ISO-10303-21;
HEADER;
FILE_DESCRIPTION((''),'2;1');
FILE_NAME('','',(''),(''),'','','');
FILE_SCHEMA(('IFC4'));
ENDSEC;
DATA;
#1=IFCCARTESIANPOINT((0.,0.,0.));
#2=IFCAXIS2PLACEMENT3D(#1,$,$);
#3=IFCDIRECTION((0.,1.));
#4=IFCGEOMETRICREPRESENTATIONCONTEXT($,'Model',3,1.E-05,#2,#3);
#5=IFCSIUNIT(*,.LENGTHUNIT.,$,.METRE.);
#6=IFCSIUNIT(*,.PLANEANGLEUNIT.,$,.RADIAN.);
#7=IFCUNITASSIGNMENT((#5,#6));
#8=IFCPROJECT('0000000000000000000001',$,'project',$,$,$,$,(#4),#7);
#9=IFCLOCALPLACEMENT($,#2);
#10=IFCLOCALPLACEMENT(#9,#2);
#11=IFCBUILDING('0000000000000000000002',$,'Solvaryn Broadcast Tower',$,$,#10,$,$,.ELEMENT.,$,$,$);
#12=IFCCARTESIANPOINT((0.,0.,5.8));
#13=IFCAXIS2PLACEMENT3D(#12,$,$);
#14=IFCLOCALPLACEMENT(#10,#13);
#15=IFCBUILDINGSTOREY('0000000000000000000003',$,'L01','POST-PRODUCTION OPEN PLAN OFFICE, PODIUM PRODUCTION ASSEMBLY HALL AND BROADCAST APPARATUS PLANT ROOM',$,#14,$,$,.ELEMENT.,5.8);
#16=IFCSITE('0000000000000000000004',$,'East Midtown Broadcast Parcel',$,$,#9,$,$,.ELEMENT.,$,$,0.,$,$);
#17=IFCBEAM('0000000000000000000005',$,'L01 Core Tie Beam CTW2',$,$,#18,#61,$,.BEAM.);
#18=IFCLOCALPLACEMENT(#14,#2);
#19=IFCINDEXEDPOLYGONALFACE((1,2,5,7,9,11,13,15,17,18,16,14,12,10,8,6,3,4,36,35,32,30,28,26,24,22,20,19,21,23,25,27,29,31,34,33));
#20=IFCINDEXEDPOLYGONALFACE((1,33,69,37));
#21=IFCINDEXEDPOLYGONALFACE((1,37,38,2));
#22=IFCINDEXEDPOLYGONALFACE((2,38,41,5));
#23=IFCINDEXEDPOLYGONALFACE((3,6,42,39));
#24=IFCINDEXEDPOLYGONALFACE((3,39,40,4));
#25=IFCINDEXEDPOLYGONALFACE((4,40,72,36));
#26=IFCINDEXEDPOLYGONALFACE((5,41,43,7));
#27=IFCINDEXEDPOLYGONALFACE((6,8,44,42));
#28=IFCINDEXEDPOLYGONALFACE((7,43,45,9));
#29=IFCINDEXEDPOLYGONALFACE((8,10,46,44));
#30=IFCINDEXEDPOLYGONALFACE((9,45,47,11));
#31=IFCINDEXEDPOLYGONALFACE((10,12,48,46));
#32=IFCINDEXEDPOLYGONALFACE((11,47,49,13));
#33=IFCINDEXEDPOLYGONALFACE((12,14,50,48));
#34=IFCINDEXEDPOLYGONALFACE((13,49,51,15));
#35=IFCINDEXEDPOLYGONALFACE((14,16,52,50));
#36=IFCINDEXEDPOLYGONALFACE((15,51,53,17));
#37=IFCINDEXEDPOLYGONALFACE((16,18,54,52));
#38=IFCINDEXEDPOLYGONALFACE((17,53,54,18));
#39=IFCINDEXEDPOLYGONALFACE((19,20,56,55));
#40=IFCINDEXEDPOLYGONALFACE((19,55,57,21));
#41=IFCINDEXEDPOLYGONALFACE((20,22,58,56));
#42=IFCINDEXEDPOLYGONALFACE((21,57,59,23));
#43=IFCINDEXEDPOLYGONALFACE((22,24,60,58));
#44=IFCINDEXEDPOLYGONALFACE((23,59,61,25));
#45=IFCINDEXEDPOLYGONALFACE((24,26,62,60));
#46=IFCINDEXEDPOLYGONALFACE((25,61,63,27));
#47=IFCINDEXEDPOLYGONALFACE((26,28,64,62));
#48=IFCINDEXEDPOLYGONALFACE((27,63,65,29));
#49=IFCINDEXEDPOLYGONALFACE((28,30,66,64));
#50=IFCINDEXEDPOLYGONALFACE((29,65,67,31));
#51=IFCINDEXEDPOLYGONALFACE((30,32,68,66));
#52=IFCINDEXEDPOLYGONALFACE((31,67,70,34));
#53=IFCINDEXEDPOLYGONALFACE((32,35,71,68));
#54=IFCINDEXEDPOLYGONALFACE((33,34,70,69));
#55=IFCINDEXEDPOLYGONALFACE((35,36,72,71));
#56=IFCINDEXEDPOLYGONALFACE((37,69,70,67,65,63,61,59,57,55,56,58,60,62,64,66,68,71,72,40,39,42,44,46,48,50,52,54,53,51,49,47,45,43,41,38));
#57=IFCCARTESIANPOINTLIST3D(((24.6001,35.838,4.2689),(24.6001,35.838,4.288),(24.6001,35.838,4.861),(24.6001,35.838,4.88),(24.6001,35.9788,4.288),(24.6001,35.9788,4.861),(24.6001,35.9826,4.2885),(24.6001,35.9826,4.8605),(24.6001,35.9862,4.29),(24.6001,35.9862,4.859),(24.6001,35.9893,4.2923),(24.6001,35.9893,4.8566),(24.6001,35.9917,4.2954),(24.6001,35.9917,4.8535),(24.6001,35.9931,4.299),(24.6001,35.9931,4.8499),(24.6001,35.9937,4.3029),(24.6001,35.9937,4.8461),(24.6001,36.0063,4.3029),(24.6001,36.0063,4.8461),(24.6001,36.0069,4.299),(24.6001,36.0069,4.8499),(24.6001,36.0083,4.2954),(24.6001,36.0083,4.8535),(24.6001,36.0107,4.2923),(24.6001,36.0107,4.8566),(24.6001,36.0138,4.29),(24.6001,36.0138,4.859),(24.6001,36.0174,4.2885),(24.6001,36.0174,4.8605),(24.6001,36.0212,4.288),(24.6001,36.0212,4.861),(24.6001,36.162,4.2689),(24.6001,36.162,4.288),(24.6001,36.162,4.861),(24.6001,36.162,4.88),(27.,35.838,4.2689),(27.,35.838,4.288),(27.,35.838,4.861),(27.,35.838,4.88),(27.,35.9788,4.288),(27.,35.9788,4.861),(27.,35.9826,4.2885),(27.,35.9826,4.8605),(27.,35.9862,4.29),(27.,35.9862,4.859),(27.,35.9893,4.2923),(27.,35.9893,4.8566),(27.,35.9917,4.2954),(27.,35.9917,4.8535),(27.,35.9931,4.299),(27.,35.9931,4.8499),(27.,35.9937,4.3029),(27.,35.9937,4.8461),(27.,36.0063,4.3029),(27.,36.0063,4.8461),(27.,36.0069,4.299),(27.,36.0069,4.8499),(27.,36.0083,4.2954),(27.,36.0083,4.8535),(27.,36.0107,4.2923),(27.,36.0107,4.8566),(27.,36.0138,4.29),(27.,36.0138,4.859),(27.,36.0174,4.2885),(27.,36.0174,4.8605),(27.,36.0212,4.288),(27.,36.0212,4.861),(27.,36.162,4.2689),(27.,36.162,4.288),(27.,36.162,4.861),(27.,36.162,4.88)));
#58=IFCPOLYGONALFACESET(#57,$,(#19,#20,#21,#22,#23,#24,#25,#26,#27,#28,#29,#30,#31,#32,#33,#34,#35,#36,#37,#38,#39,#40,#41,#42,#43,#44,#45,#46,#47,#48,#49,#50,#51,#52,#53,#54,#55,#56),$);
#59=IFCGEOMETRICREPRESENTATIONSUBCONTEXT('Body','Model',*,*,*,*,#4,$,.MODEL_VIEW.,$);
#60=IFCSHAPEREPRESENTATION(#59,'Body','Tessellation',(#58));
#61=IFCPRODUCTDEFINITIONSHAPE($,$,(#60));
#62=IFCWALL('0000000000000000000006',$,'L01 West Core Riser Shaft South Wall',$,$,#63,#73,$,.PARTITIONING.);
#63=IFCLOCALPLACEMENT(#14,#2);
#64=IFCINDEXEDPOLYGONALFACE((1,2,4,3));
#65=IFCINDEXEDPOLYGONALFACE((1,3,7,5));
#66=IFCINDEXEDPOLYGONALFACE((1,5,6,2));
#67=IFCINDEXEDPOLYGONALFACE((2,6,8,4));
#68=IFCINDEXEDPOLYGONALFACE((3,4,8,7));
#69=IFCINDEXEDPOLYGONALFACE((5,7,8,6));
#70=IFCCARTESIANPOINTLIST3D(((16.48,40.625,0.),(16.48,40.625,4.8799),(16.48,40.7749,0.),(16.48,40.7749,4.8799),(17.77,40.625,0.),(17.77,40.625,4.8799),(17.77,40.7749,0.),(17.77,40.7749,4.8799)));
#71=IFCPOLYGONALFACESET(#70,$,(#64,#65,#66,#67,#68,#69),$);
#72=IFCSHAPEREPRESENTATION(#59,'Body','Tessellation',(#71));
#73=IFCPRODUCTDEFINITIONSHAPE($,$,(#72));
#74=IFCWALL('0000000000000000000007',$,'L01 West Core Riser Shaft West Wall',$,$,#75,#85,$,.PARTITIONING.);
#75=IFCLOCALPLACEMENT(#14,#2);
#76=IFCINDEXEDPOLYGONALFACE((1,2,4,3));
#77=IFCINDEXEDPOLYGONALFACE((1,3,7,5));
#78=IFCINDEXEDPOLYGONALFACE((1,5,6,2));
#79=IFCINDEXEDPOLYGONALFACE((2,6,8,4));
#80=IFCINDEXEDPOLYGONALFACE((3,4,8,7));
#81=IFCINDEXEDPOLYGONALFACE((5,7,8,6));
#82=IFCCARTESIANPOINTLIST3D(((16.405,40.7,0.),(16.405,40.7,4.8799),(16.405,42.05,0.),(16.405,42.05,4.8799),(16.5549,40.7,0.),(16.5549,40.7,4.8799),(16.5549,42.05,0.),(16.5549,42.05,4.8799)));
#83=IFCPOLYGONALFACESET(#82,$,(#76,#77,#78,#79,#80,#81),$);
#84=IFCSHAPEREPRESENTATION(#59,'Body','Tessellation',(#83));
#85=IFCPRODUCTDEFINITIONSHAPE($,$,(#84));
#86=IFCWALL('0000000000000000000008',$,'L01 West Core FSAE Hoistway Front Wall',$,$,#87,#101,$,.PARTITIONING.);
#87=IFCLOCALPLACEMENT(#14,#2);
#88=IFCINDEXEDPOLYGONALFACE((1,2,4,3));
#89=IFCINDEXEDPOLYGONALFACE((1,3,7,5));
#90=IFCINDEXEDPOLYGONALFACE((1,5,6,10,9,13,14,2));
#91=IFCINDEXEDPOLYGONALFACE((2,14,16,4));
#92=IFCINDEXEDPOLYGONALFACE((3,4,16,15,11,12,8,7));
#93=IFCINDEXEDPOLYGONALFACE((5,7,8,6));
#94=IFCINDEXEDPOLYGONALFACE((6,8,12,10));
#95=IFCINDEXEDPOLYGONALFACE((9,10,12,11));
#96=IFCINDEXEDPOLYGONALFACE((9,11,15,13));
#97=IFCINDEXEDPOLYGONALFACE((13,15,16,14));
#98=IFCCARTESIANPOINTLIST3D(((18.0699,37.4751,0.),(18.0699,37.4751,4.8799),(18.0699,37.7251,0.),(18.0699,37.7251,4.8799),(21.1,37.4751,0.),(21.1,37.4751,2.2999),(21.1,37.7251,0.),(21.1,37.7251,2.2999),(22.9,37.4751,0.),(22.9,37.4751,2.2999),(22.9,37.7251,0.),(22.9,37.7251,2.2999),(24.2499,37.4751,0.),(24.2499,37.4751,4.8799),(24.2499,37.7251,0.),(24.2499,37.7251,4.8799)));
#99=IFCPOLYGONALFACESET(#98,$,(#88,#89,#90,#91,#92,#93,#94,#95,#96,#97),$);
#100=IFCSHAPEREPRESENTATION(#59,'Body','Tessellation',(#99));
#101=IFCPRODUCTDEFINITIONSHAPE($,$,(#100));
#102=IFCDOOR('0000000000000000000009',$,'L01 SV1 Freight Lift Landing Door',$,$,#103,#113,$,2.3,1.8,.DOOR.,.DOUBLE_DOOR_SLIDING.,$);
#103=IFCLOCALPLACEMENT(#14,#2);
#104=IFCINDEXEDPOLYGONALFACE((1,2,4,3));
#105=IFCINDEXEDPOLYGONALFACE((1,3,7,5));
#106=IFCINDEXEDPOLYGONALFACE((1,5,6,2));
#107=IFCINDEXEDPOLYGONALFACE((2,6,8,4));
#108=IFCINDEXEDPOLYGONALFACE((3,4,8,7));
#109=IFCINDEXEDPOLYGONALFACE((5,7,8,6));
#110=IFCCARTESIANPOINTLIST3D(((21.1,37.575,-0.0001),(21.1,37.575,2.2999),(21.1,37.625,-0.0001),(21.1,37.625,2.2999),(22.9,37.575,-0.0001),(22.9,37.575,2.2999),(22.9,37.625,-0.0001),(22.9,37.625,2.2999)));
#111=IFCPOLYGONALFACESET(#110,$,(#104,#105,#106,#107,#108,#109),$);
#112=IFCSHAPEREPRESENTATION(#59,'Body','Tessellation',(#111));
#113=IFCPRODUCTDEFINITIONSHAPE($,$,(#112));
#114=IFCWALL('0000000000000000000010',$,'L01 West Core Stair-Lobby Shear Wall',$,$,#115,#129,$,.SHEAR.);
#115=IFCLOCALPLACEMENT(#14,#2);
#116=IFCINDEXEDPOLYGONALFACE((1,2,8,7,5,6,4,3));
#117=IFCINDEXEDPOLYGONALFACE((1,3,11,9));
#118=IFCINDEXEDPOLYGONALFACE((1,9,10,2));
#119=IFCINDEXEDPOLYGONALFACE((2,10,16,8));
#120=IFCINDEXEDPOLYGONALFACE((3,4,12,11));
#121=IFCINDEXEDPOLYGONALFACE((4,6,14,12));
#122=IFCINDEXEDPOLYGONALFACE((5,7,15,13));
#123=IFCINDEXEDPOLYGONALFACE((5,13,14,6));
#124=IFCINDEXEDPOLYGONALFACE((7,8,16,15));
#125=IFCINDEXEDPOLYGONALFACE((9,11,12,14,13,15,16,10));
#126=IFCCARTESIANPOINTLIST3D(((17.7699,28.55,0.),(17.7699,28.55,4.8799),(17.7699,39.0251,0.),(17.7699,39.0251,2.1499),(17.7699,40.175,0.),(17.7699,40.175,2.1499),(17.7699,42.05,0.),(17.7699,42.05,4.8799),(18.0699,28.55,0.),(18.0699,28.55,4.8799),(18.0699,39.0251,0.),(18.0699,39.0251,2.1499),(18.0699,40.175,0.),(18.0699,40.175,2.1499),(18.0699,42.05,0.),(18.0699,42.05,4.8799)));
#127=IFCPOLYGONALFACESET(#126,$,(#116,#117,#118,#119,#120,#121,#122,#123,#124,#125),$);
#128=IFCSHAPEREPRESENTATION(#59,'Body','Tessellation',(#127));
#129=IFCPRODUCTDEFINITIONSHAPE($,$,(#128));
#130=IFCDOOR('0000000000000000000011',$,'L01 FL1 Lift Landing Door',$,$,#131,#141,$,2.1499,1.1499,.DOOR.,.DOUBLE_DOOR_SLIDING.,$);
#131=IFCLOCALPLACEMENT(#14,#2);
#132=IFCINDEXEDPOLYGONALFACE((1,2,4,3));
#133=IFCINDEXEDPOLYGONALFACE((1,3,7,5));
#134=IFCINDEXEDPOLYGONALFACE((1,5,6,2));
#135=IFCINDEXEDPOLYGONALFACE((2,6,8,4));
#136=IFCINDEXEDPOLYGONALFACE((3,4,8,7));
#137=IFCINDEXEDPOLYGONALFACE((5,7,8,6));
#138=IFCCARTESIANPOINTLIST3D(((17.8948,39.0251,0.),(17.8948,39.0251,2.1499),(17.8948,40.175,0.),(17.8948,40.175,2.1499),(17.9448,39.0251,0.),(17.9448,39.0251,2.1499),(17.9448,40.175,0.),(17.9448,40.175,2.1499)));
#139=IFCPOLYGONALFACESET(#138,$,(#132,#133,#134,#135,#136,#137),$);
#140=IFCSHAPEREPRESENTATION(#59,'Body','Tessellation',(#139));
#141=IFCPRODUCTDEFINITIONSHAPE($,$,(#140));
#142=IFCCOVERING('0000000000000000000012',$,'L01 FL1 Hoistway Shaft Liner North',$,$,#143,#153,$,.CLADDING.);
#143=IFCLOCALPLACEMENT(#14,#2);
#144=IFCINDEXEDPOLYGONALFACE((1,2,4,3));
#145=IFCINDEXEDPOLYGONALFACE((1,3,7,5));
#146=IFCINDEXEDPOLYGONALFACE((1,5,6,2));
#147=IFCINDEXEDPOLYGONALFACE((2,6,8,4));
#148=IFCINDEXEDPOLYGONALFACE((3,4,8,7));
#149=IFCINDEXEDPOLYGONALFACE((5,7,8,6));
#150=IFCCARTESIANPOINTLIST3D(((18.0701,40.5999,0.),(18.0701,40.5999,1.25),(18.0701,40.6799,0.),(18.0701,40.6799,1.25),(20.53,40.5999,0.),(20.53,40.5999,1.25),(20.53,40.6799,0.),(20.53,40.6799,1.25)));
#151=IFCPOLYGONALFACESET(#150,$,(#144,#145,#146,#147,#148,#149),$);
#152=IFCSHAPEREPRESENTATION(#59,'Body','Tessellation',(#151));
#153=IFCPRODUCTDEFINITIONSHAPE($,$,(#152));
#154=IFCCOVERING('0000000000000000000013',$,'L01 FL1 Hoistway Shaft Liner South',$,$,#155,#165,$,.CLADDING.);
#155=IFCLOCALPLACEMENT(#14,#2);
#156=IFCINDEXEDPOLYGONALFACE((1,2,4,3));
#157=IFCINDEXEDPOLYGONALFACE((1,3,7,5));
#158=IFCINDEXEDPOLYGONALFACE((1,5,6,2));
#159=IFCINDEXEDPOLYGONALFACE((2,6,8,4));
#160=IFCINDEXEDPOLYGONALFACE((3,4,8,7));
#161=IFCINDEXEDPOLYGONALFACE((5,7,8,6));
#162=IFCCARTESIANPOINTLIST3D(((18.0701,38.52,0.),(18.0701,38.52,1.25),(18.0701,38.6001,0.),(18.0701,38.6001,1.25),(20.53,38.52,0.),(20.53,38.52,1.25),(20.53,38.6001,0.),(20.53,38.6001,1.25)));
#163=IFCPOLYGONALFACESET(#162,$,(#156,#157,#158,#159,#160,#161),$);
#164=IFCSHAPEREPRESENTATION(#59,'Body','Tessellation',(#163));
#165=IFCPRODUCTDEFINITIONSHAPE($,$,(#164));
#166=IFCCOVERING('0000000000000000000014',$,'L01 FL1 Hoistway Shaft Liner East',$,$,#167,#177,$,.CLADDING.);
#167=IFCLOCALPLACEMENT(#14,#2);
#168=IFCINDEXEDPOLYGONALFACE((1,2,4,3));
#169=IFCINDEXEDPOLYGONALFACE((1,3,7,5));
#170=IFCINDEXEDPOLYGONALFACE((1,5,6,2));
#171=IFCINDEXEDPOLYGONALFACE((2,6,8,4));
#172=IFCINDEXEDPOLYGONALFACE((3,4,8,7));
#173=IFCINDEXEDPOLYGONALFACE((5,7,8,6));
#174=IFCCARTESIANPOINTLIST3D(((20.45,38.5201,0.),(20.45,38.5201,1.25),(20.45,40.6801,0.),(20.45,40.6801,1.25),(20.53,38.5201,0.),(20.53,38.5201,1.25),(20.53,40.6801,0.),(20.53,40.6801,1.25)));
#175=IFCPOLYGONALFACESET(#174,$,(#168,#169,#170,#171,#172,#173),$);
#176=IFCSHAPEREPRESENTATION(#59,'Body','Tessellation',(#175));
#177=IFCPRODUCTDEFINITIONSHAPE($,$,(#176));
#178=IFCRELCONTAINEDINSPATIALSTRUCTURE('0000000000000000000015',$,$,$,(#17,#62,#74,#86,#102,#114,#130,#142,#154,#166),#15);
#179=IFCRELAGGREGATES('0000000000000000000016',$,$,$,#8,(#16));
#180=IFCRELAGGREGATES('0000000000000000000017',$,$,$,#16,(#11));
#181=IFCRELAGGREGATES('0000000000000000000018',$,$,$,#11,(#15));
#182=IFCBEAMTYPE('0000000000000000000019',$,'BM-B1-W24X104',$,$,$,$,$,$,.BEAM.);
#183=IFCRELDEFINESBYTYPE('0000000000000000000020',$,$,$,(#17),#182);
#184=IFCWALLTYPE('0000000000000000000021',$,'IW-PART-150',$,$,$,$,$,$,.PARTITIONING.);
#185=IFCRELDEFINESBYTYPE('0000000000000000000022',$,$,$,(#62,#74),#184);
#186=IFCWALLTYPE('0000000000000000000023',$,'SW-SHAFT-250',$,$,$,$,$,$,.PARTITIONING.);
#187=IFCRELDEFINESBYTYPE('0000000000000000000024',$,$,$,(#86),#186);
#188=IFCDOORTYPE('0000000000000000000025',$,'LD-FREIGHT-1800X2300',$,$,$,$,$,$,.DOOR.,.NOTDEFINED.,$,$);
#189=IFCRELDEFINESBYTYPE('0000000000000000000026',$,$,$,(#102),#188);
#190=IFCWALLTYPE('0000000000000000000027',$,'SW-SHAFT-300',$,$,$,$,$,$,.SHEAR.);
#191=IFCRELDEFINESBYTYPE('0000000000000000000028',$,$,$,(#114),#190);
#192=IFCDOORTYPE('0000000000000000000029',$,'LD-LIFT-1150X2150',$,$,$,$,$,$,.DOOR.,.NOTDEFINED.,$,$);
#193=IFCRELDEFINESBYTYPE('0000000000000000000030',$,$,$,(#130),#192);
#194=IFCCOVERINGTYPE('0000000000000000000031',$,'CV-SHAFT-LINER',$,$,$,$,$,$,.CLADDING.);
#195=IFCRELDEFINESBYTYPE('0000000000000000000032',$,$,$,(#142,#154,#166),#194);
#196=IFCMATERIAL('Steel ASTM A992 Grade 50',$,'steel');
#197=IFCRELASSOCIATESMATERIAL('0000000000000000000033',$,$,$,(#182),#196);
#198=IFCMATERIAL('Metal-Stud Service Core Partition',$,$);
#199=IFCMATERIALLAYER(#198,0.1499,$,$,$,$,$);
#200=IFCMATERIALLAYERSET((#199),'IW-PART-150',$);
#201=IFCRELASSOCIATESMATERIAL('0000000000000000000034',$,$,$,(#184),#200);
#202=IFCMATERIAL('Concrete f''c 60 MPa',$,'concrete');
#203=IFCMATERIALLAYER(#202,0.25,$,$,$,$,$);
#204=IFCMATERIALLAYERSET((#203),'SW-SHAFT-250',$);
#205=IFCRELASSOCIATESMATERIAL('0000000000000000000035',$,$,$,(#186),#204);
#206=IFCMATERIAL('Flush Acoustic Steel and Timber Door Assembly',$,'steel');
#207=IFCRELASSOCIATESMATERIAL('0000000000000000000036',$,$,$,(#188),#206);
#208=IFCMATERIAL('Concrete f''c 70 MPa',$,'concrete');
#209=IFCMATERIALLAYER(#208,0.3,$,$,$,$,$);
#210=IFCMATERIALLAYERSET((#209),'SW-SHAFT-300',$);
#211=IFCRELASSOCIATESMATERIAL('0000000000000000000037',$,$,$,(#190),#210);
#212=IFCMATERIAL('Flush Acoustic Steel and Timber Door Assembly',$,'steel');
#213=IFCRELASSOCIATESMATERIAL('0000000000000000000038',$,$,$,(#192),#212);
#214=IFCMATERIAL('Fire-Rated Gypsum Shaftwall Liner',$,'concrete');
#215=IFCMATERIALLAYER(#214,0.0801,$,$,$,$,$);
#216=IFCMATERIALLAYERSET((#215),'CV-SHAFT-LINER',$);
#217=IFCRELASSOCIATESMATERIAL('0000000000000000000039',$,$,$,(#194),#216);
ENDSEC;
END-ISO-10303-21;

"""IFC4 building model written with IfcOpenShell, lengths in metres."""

from ifc_helpers import new_model, si_unit, direction, frame, frame_2d, origin, origin_2d, place, context, subcontext, project, spatial, rectangle, i_section, extrude, material, layer, layer_set, material_profile, profile_set, type_object, element, fill, save


model = new_model("IFC4")

# Units and contexts
model_context = context("Model", 3, precision=1e-05, world=origin(), true_north=direction((0.0, 1.0)))
body_context = subcontext(model_context, "Body", "Model", "MODEL_VIEW")
ifc_project = project(units=[si_unit("LENGTHUNIT", "METRE"), si_unit("PLANEANGLEUNIT", "RADIAN")], contexts=[model_context])

# Site, building, storey
site_placement = place(None, origin())
site = spatial("IfcSite", under=ifc_project, at=site_placement, Name="East Midtown Broadcast Parcel", CompositionType="ELEMENT", RefElevation=0.0)
building_placement = place(site_placement, origin())
building = spatial("IfcBuilding", under=site, at=building_placement, Name="Solvaryn Broadcast Tower", CompositionType="ELEMENT")
storey_placement = place(building_placement, frame((0.0, 0.0, 5.8)))
storey = spatial("IfcBuildingStorey", under=building, at=storey_placement, Name="L01", Description="POST-PRODUCTION OPEN PLAN OFFICE, PODIUM PRODUCTION ASSEMBLY HALL AND BROADCAST APPARATUS PLANT ROOM", CompositionType="ELEMENT", Elevation=5.8)

# Beam
ifc_material_1 = material(Name="Steel ASTM A992 Grade 50", Category="steel")
ifc_material_profile = material_profile(ifc_material_1, i_section(OverallWidth=0.324, OverallDepth=0.6111, WebThickness=0.0127, FlangeThickness=0.019, FilletRadius=0.0149, at=origin_2d()))
ifc_profile_set = profile_set([ifc_material_profile], Name="Steel ASTM A992 Grade 50")
beam_type = type_object("IfcBeamType", Name="BM-B1-W24X104", PredefinedType="BEAM", material=ifc_profile_set)
beam_placement = place(storey_placement, frame((24.6001, 36.0, 4.5745), z_axis=(1.0, 0.0, 0.0), x_axis=(0.0, 1.0, 0.0)))
element("IfcBeam", 1, at=beam_placement, inside=storey, type_object=beam_type, Name="L01 Core Tie Beam CTW2", PredefinedType="BEAM", context=body_context, shape_type="SweptSolid", body=[
    extrude(i_section(OverallWidth=0.324, OverallDepth=0.6111, WebThickness=0.0127, FlangeThickness=0.019, FilletRadius=0.0149, at=origin_2d()), origin(), (0.0, 0.0, 1.0), 2.3999),
])

# Walls
ifc_material_2 = material(Name="Metal-Stud Service Core Partition")
ifc_layer_1 = layer(ifc_material_2, 0.1499)
ifc_layer_set_1 = layer_set([ifc_layer_1], Name="IW-PART-150")
wall_type_1 = type_object("IfcWallType", Name="IW-PART-150", PredefinedType="PARTITIONING", material=ifc_layer_set_1)
wall_1_placement = place(storey_placement, frame((16.48, 40.7, 0.0), z_axis=(0.0, 0.0, 1.0), x_axis=(1.0, 0.0, 0.0)))
element("IfcWall", 2, at=wall_1_placement, inside=storey, type_object=wall_type_1, Name="L01 West Core Riser Shaft South Wall", PredefinedType="PARTITIONING", context=body_context, shape_type="SweptSolid", body=[
    extrude(rectangle(XDim=1.29, YDim=0.1499, at=frame_2d((0.645, 0.0))), origin(), (0.0, 0.0, 1.0), 4.8799),
])
wall_2_placement = place(storey_placement, frame((16.48, 40.7, 0.0), z_axis=(0.0, 0.0, 1.0), x_axis=(0.0, 1.0, 0.0)))
element("IfcWall", 3, at=wall_2_placement, inside=storey, type_object=wall_type_1, Name="L01 West Core Riser Shaft West Wall", PredefinedType="PARTITIONING", context=body_context, shape_type="SweptSolid", body=[
    extrude(rectangle(XDim=1.3501, YDim=0.1499, at=frame_2d((0.675, 0.0))), origin(), (0.0, 0.0, 1.0), 4.8799),
])

# Walls, openings, doors
ifc_material_3 = material(Name="Concrete f'c 60 MPa", Category="concrete")
ifc_layer_2 = layer(ifc_material_3, 0.25)
ifc_layer_set_2 = layer_set([ifc_layer_2], Name="SW-SHAFT-250")
wall_type_2 = type_object("IfcWallType", Name="SW-SHAFT-250", PredefinedType="PARTITIONING", material=ifc_layer_set_2)
wall_3_placement = place(storey_placement, frame((18.0701, 37.6001, 0.0), z_axis=(0.0, 0.0, 1.0), x_axis=(1.0, 0.0, 0.0)))
wall_3 = element("IfcWall", 4, at=wall_3_placement, inside=storey, type_object=wall_type_2, Name="L01 West Core FSAE Hoistway Front Wall", PredefinedType="PARTITIONING", context=body_context, shape_type="SweptSolid", body=[
    extrude(rectangle(XDim=6.1799, YDim=0.25, at=frame_2d((3.0898, 0.0))), origin(), (0.0, 0.0, 1.0), 4.8799),
])
opening_1_placement = place(wall_3_placement, frame((3.03, 0.0, 0.0)))
opening_1 = element("IfcOpeningElement", 5, at=opening_1_placement, cuts=wall_3, PredefinedType="OPENING", context=body_context, shape_type="SweptSolid", body=[
    extrude(rectangle(XDim=1.8, YDim=2.3, at=frame_2d((0.8999, 1.1499))), frame((0.0, 0.135, 0.0), z_axis=(0.0, -1.0, 0.0), x_axis=(1.0, 0.0, 0.0)), (0.0, 0.0, 1.0), 0.27),
])
ifc_material_4 = material(Name="Flush Acoustic Steel and Timber Door Assembly", Category="steel")
door_type_1 = type_object("IfcDoorType", Name="LD-FREIGHT-1800X2300", OperationType="NOTDEFINED", PredefinedType="DOOR", material=ifc_material_4)
door_1_placement = place(opening_1_placement, origin())
door_1 = element("IfcDoor", 6, at=door_1_placement, inside=storey, type_object=door_type_1, Name="L01 SV1 Freight Lift Landing Door", OperationType="DOUBLE_DOOR_SLIDING", OverallHeight=2.3, OverallWidth=1.8, PredefinedType="DOOR", context=body_context, shape_type="SweptSolid", body=[
    extrude(rectangle(XDim=1.8, YDim=2.3, at=frame_2d((0.8999, 1.1499))), frame((0.0, 0.0249, 0.0), z_axis=(0.0, -1.0, 0.0), x_axis=(1.0, 0.0, 0.0)), (0.0, 0.0, 1.0), 0.05),
])
fill(opening_1, door_1)
ifc_material_5 = material(Name="Concrete f'c 70 MPa", Category="concrete")
ifc_layer_3 = layer(ifc_material_5, 0.3)
ifc_layer_set_3 = layer_set([ifc_layer_3], Name="SW-SHAFT-300")
wall_type_3 = type_object("IfcWallType", Name="SW-SHAFT-300", PredefinedType="SHEAR", material=ifc_layer_set_3)
wall_4_placement = place(storey_placement, frame((17.9199, 42.05, 0.0), z_axis=(0.0, 0.0, 1.0), x_axis=(0.0, -1.0, 0.0)))
wall_4 = element("IfcWall", 7, at=wall_4_placement, inside=storey, type_object=wall_type_3, Name="L01 West Core Stair-Lobby Shear Wall", PredefinedType="SHEAR", context=body_context, shape_type="SweptSolid", body=[
    extrude(rectangle(XDim=13.5, YDim=0.3, at=frame_2d((6.75, 0.0))), origin(), (0.0, 0.0, 1.0), 4.8799),
])
opening_2_placement = place(wall_4_placement, frame((1.875, 0.0, 0.0)))
opening_2 = element("IfcOpeningElement", 8, at=opening_2_placement, cuts=wall_4, PredefinedType="OPENING", context=body_context, shape_type="SweptSolid", body=[
    extrude(rectangle(XDim=1.1499, YDim=2.1499, at=frame_2d((0.575, 1.075))), frame((0.0, 0.1599, 0.0), z_axis=(0.0, -1.0, 0.0), x_axis=(1.0, 0.0, 0.0)), (0.0, 0.0, 1.0), 0.3201),
])
ifc_material_6 = material(Name="Flush Acoustic Steel and Timber Door Assembly", Category="steel")
door_type_2 = type_object("IfcDoorType", Name="LD-LIFT-1150X2150", OperationType="NOTDEFINED", PredefinedType="DOOR", material=ifc_material_6)
door_2_placement = place(opening_2_placement, origin())
door_2 = element("IfcDoor", 9, at=door_2_placement, inside=storey, type_object=door_type_2, Name="L01 FL1 Lift Landing Door", OperationType="DOUBLE_DOOR_SLIDING", OverallHeight=2.1499, OverallWidth=1.1499, PredefinedType="DOOR", context=body_context, shape_type="SweptSolid", body=[
    extrude(rectangle(XDim=1.1499, YDim=2.1499, at=frame_2d((0.575, 1.075))), frame((0.0, 0.0249, 0.0), z_axis=(0.0, -1.0, 0.0), x_axis=(1.0, 0.0, 0.0)), (0.0, 0.0, 1.0), 0.05),
])
fill(opening_2, door_2)

# Coverings
ifc_material_7 = material(Name="Fire-Rated Gypsum Shaftwall Liner", Category="concrete")
ifc_layer_4 = layer(ifc_material_7, 0.0801)
ifc_layer_set_4 = layer_set([ifc_layer_4], Name="CV-SHAFT-LINER")
covering_type = type_object("IfcCoveringType", Name="CV-SHAFT-LINER", PredefinedType="CLADDING", material=ifc_layer_set_4)
for number, where, z_axis, x_axis, name in (
    (10, (19.3, 40.6399, 0.0), (0.0, 0.0, 1.0), (1.0, 0.0, 0.0), "L01 FL1 Hoistway Shaft Liner North"),
    (11, (19.3, 38.5601, 0.0), (0.0, 0.0, 1.0), (1.0, 0.0, 0.0), "L01 FL1 Hoistway Shaft Liner South"),
):
    element("IfcCovering", number, at=place(storey_placement, frame(where, z_axis=z_axis, x_axis=x_axis)), inside=storey, type_object=covering_type, Name=name, PredefinedType="CLADDING", context=body_context, shape_type="SweptSolid", body=[
        extrude(rectangle(XDim=2.46, YDim=0.0801, at=origin_2d()), origin(), (0.0, 0.0, 1.0), 1.25),
    ])
covering_1_placement = place(storey_placement, frame((20.49, 39.6001, 0.0), z_axis=(0.0, 0.0, 1.0), x_axis=(1.0, 0.0, 0.0)))
element("IfcCovering", 12, at=covering_1_placement, inside=storey, type_object=covering_type, Name="L01 FL1 Hoistway Shaft Liner East", PredefinedType="CLADDING", context=body_context, shape_type="SweptSolid", body=[
    extrude(rectangle(XDim=0.0801, YDim=2.1599, at=origin_2d()), origin(), (0.0, 0.0, 1.0), 1.25),
])

save(model, "model.ifc")
